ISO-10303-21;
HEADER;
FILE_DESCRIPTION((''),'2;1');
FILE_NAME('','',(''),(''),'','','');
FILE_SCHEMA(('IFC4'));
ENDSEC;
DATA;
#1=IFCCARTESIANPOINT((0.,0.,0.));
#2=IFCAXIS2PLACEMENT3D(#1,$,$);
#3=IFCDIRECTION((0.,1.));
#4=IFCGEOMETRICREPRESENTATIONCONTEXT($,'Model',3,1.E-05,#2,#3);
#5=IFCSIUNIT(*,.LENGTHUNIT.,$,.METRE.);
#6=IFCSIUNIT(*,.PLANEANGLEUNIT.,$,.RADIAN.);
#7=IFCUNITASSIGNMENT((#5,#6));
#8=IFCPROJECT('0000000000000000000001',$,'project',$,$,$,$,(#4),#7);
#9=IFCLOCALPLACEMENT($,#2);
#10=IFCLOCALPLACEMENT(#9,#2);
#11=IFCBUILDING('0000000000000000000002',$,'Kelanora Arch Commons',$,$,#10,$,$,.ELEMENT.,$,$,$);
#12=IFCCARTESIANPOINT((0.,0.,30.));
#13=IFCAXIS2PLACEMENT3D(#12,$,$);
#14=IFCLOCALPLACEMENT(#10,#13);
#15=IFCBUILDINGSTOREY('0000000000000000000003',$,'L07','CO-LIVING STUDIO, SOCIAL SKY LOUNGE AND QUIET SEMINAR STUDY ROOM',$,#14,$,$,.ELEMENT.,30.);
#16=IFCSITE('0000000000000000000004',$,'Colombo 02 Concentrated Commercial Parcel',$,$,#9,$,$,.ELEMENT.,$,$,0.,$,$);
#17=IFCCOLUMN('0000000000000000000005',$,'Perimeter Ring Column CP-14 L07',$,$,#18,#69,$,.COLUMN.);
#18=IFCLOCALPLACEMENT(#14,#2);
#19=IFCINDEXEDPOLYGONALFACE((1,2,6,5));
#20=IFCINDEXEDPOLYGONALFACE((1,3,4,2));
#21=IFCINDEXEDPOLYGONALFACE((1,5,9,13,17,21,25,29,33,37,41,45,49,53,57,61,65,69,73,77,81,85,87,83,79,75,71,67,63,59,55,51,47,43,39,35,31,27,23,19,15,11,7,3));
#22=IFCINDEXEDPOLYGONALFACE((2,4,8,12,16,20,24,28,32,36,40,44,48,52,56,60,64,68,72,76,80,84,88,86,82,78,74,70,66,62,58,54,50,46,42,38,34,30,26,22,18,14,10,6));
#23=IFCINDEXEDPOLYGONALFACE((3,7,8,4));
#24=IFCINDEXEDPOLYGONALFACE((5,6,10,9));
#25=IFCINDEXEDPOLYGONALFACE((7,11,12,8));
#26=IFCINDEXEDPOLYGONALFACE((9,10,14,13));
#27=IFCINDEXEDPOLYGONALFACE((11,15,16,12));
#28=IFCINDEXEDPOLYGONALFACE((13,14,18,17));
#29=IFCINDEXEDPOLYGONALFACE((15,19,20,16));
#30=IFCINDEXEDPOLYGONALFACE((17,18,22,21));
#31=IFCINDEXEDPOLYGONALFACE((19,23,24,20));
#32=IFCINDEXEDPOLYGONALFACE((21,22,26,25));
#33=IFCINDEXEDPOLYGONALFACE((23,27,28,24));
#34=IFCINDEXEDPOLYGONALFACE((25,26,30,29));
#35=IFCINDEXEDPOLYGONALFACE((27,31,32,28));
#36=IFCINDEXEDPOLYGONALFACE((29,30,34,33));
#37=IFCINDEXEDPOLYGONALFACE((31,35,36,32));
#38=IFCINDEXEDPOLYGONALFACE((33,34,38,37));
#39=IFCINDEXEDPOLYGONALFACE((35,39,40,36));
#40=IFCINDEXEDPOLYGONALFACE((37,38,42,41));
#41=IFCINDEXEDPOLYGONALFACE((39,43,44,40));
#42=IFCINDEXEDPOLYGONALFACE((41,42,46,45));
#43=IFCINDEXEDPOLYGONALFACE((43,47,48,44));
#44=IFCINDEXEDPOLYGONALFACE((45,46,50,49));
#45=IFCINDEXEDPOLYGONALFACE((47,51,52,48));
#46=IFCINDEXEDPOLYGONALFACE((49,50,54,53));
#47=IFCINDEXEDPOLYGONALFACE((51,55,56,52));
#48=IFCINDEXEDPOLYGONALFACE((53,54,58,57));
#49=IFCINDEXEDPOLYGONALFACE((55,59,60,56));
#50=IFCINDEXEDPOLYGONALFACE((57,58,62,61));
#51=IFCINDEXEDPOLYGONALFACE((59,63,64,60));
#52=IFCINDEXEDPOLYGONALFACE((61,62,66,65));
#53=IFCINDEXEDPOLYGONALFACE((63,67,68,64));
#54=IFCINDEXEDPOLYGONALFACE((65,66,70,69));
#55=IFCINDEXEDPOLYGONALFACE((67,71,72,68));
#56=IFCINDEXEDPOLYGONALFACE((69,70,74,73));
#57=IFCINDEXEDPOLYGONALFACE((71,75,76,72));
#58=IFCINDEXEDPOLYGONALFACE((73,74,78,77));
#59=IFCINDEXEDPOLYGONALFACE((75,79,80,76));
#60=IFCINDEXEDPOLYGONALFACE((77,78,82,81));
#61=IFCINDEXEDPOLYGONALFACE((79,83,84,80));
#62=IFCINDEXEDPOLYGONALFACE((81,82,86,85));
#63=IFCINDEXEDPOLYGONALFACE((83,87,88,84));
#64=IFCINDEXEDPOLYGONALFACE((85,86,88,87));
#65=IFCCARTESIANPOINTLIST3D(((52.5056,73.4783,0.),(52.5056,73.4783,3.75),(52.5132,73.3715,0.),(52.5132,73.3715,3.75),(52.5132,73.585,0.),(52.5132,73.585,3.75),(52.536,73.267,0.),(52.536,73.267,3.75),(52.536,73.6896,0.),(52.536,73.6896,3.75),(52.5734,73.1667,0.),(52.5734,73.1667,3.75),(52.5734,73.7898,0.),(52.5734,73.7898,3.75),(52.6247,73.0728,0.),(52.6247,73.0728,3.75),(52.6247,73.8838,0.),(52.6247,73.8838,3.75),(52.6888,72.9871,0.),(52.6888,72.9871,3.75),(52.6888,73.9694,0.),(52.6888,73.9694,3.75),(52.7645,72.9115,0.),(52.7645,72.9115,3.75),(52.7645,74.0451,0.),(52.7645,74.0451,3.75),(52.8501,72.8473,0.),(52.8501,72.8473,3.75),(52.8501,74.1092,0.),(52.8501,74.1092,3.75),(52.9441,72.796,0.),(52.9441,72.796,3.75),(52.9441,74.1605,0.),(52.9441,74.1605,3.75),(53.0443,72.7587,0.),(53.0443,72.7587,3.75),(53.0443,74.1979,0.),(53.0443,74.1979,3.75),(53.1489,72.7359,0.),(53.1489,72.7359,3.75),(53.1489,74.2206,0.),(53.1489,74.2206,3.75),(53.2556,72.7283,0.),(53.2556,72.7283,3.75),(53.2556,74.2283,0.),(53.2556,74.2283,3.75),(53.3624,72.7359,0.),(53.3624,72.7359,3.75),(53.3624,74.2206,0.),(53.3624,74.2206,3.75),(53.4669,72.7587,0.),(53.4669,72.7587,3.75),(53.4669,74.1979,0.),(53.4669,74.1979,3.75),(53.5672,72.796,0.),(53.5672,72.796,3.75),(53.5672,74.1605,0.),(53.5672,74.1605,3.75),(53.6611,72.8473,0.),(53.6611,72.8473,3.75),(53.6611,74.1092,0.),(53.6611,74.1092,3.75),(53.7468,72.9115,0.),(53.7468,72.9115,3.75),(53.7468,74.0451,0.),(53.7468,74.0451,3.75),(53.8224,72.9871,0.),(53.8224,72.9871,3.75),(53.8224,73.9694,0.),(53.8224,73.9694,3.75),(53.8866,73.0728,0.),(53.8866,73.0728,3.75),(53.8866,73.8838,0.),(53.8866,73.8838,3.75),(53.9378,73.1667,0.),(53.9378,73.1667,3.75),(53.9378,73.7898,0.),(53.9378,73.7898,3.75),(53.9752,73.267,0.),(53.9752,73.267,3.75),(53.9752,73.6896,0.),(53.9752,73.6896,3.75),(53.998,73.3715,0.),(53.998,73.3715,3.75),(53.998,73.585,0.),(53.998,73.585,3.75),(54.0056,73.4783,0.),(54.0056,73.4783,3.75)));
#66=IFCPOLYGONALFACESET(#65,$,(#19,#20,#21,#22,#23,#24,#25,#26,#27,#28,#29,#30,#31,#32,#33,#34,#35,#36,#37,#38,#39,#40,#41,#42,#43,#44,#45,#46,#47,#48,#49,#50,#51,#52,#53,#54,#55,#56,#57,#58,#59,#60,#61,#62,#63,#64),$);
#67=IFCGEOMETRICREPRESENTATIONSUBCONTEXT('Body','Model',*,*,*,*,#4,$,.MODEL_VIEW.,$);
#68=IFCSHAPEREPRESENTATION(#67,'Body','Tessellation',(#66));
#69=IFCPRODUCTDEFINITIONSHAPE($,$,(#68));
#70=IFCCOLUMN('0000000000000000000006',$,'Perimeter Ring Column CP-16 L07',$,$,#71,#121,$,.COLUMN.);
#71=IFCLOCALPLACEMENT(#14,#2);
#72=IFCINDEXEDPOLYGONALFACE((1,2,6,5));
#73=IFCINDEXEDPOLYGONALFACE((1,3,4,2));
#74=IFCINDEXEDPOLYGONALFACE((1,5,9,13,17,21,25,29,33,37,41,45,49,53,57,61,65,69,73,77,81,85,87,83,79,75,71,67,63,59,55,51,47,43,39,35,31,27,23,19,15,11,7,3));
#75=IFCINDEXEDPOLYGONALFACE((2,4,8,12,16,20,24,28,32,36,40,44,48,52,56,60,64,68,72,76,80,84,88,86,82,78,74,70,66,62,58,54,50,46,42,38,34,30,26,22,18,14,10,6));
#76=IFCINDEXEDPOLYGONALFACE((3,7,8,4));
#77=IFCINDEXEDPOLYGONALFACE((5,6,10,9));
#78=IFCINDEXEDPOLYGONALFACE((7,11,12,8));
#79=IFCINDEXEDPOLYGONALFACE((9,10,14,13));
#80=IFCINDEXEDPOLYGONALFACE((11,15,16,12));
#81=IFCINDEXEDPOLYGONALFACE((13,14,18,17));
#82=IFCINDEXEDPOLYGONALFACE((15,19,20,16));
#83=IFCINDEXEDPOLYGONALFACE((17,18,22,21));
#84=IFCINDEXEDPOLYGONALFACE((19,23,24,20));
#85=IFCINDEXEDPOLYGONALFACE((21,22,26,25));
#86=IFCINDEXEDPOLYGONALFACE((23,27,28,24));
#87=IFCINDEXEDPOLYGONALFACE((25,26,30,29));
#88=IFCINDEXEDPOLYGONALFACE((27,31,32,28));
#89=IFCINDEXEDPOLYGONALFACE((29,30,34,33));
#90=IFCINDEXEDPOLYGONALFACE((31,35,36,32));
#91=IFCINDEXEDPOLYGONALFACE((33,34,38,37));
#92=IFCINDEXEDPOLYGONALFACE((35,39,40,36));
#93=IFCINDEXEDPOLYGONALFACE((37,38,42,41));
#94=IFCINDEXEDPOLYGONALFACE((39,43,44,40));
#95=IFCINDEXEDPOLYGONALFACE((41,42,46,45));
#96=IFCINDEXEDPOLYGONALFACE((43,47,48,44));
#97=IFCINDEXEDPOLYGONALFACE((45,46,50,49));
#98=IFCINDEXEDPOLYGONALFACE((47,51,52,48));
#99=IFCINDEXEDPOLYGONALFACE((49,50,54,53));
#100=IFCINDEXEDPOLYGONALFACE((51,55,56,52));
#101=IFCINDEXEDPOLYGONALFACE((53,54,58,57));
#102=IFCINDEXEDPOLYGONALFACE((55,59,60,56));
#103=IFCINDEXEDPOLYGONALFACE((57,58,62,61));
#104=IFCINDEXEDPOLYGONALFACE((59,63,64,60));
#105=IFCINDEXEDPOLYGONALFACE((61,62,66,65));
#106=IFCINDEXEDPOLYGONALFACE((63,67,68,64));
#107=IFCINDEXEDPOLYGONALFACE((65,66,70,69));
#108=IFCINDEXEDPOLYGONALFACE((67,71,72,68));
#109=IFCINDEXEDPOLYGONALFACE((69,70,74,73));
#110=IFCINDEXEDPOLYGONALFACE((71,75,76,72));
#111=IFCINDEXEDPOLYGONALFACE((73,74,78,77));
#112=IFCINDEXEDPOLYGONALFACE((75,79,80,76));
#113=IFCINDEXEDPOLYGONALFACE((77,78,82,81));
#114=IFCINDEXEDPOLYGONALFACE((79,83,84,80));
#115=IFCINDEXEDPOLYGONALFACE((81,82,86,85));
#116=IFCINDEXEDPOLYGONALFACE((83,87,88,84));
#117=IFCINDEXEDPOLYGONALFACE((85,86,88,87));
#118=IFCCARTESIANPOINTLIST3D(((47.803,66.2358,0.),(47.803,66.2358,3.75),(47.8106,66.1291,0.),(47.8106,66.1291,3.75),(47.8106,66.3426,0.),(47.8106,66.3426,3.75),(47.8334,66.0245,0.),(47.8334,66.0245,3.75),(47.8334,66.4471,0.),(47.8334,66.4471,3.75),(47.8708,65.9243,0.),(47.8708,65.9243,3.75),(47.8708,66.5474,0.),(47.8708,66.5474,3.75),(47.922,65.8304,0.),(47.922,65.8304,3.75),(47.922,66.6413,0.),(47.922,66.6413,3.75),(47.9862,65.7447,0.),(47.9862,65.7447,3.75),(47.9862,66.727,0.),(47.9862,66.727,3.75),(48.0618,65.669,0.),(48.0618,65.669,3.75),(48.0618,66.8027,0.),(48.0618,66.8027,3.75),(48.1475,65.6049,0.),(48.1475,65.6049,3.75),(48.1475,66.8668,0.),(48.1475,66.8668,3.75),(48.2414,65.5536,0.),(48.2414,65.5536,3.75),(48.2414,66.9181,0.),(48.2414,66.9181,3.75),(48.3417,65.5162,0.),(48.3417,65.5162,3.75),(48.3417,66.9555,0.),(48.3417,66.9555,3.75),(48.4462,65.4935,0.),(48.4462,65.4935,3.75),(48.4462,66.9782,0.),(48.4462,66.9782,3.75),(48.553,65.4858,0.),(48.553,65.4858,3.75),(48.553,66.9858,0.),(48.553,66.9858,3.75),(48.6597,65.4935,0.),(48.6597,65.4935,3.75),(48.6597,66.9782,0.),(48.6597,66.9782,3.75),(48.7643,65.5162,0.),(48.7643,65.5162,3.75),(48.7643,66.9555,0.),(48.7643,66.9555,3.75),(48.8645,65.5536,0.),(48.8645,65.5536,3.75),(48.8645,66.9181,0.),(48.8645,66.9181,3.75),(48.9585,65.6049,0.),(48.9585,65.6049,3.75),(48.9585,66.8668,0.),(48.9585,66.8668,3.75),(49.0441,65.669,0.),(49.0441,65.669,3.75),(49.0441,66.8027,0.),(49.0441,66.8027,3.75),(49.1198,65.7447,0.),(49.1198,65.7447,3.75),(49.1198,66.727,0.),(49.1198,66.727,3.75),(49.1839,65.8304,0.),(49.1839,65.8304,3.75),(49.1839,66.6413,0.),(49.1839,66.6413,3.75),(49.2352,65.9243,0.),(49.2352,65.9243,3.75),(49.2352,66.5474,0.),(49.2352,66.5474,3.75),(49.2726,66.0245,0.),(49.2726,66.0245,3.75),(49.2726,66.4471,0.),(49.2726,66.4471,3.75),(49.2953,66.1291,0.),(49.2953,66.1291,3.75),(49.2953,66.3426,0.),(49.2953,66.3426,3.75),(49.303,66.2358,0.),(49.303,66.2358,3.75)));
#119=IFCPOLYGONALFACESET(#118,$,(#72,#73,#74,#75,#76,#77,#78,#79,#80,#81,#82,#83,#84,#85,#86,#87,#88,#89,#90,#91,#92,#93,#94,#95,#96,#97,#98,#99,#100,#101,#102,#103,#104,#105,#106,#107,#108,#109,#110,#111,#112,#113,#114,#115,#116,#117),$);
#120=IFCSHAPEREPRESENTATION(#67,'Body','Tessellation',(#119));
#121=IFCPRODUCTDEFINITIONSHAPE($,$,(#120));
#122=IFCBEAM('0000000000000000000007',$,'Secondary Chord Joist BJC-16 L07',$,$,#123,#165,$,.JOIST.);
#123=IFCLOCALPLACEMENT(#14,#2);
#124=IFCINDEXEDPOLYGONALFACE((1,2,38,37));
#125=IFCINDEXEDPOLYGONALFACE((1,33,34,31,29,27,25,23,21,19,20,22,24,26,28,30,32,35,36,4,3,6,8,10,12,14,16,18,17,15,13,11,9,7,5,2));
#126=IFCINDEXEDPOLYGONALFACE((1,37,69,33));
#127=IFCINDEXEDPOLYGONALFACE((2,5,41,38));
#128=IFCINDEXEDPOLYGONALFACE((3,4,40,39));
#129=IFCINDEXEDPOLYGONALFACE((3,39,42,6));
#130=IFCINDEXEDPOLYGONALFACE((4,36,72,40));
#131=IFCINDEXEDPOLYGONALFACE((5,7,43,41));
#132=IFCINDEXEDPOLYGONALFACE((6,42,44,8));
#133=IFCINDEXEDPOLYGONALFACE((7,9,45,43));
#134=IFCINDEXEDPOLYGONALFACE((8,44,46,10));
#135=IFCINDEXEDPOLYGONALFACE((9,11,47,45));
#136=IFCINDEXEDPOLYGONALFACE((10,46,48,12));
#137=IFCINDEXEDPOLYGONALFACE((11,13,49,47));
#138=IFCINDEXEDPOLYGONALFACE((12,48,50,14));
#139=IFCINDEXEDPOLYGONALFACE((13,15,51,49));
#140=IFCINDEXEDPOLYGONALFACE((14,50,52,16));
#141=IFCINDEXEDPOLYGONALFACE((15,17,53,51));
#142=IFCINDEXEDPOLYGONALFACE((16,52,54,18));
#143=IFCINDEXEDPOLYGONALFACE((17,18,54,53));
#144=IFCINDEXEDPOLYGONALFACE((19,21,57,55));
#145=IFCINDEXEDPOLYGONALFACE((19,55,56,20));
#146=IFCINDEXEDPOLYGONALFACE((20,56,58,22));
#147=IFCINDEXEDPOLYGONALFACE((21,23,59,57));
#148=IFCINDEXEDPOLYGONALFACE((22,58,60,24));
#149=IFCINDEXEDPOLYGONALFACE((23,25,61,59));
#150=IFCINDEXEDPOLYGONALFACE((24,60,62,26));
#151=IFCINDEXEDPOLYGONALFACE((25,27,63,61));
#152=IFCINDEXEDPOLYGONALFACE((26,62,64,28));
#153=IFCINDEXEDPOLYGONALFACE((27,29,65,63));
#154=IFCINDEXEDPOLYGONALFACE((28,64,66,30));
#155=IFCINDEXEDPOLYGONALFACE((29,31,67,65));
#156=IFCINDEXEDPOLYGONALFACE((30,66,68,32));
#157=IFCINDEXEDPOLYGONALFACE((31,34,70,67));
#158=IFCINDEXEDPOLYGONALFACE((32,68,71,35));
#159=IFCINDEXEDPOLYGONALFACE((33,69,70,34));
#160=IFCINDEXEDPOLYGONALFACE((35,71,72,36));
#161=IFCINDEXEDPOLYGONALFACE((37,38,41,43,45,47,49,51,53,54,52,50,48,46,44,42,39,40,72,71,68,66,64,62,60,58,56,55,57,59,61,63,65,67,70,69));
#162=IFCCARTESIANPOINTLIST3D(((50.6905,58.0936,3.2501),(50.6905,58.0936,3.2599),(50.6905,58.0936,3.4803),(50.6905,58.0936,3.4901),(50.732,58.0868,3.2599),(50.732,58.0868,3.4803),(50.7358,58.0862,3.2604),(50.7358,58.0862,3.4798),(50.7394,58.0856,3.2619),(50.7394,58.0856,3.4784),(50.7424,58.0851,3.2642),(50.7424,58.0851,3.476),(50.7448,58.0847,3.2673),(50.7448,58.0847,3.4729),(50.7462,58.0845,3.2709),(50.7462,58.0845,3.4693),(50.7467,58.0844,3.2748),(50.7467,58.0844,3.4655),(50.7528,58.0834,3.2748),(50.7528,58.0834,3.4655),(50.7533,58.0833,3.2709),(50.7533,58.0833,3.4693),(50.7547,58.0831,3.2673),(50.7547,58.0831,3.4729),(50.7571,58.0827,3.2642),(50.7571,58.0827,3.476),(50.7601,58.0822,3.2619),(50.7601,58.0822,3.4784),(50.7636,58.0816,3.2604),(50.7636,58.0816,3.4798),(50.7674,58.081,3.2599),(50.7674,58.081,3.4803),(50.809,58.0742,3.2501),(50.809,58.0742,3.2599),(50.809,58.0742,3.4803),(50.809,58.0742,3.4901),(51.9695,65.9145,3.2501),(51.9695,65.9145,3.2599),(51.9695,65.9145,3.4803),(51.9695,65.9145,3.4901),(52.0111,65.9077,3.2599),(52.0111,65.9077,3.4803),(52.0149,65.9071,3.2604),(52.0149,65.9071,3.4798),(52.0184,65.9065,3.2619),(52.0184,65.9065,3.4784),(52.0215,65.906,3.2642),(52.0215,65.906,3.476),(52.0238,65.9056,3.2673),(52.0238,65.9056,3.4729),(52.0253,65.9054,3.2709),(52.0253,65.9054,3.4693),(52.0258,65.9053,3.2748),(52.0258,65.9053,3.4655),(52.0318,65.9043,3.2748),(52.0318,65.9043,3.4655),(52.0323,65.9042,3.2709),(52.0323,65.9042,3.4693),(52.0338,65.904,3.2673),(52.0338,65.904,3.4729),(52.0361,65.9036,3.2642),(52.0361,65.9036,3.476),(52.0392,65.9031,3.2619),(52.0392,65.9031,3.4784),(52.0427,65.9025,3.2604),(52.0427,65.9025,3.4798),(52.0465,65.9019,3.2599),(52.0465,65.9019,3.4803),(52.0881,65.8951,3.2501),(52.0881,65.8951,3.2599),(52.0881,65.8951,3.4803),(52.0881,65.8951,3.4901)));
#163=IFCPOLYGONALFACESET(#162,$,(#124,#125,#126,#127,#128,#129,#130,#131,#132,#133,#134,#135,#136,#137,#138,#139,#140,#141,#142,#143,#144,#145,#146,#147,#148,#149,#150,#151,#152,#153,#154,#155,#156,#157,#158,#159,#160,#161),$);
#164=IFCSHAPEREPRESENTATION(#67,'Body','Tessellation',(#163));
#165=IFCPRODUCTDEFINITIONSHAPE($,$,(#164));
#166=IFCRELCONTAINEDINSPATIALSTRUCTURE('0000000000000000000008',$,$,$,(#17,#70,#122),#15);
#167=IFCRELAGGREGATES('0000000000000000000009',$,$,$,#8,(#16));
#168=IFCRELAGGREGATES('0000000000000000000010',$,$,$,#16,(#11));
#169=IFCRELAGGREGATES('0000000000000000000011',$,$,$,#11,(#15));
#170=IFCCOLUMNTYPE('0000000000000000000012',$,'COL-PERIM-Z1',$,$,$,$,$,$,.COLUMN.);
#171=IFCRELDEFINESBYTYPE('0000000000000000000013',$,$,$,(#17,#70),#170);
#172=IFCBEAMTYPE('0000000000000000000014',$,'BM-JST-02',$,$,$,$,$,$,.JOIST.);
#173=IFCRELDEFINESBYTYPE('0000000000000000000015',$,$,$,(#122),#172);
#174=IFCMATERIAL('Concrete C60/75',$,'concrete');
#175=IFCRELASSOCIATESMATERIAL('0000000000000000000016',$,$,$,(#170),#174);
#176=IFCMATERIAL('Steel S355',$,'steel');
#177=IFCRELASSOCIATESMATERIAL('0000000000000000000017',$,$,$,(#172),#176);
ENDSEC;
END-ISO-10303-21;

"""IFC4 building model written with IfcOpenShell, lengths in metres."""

from ifc_helpers import new_model, si_unit, direction, frame, origin, origin_2d, place, context, subcontext, project, spatial, circle, i_section, extrude, material, material_profile, profile_set, type_object, element, save


model = new_model("IFC4")

# Units and contexts
model_context = context("Model", 3, precision=1e-05, world=origin(), true_north=direction((0.0, 1.0)))
body_context = subcontext(model_context, "Body", "Model", "MODEL_VIEW")
ifc_project = project(units=[si_unit("LENGTHUNIT", "METRE"), si_unit("PLANEANGLEUNIT", "RADIAN")], contexts=[model_context])

# Site, building, storey
site_placement = place(None, origin())
site = spatial("IfcSite", under=ifc_project, at=site_placement, Name="Colombo 02 Concentrated Commercial Parcel", CompositionType="ELEMENT", RefElevation=0.0)
building_placement = place(site_placement, origin())
building = spatial("IfcBuilding", under=site, at=building_placement, Name="Kelanora Arch Commons", CompositionType="ELEMENT")
storey_placement = place(building_placement, frame((0.0, 0.0, 30.0)))
storey = spatial("IfcBuildingStorey", under=building, at=storey_placement, Name="L07", Description="CO-LIVING STUDIO, SOCIAL SKY LOUNGE AND QUIET SEMINAR STUDY ROOM", CompositionType="ELEMENT", Elevation=30.0)

# Columns
ifc_material_1 = material(Name="Concrete C60/75", Category="concrete")
ifc_material_profile_1 = material_profile(ifc_material_1, circle(Radius=0.75, at=origin_2d()), Name="RCC1500")
ifc_profile_set_1 = profile_set([ifc_material_profile_1], Name="Concrete C60/75")
column_type = type_object("IfcColumnType", Name="COL-PERIM-Z1", PredefinedType="COLUMN", material=ifc_profile_set_1)
for number, where, z_axis, x_axis, name in (
    (1, (53.2556, 73.4783, 0.0), (0.0, 0.0, 1.0), (1.0, 0.0, 0.0), "Perimeter Ring Column CP-14 L07"),
    (2, (48.553, 66.2358, 0.0), (0.0, 0.0, 1.0), (1.0, 0.0, 0.0), "Perimeter Ring Column CP-16 L07"),
):
    element("IfcColumn", number, at=place(storey_placement, frame(where, z_axis=z_axis, x_axis=x_axis)), inside=storey, type_object=column_type, Name=name, PredefinedType="COLUMN", context=body_context, shape_type="SweptSolid", body=[
        extrude(circle(Radius=0.75, at=origin_2d()), origin(), (0.0, 0.0, 1.0), 3.75),
    ])

# Beam
ifc_material_2 = material(Name="Steel S355", Category="steel")
ifc_material_profile_2 = material_profile(ifc_material_2, i_section(OverallWidth=0.1201, OverallDepth=0.24, WebThickness=0.0061, FlangeThickness=0.0098, FilletRadius=0.0149, at=origin_2d()), Name="IPE240")
ifc_profile_set_2 = profile_set([ifc_material_profile_2], Name="Steel S355")
beam_type_1 = type_object("IfcBeamType", Name="BM-JST-02", PredefinedType="JOIST", material=ifc_profile_set_2)
beam_1_placement = place(storey_placement, frame((52.0288, 65.9048, 3.3701), z_axis=(-0.161401, -0.986889, 0.0), x_axis=(0.986889, -0.161401, 0.0)))
element("IfcBeam", 3, at=beam_1_placement, inside=storey, type_object=beam_type_1, Name="Secondary Chord Joist BJC-16 L07", PredefinedType="JOIST", context=body_context, shape_type="SweptSolid", body=[
    extrude(i_section(OverallWidth=0.1201, OverallDepth=0.24, WebThickness=0.0061, FlangeThickness=0.0098, FilletRadius=0.0149, at=origin_2d()), origin(), (0.0, 0.0, 1.0), 7.9248),
])

save(model, "model.ifc")
